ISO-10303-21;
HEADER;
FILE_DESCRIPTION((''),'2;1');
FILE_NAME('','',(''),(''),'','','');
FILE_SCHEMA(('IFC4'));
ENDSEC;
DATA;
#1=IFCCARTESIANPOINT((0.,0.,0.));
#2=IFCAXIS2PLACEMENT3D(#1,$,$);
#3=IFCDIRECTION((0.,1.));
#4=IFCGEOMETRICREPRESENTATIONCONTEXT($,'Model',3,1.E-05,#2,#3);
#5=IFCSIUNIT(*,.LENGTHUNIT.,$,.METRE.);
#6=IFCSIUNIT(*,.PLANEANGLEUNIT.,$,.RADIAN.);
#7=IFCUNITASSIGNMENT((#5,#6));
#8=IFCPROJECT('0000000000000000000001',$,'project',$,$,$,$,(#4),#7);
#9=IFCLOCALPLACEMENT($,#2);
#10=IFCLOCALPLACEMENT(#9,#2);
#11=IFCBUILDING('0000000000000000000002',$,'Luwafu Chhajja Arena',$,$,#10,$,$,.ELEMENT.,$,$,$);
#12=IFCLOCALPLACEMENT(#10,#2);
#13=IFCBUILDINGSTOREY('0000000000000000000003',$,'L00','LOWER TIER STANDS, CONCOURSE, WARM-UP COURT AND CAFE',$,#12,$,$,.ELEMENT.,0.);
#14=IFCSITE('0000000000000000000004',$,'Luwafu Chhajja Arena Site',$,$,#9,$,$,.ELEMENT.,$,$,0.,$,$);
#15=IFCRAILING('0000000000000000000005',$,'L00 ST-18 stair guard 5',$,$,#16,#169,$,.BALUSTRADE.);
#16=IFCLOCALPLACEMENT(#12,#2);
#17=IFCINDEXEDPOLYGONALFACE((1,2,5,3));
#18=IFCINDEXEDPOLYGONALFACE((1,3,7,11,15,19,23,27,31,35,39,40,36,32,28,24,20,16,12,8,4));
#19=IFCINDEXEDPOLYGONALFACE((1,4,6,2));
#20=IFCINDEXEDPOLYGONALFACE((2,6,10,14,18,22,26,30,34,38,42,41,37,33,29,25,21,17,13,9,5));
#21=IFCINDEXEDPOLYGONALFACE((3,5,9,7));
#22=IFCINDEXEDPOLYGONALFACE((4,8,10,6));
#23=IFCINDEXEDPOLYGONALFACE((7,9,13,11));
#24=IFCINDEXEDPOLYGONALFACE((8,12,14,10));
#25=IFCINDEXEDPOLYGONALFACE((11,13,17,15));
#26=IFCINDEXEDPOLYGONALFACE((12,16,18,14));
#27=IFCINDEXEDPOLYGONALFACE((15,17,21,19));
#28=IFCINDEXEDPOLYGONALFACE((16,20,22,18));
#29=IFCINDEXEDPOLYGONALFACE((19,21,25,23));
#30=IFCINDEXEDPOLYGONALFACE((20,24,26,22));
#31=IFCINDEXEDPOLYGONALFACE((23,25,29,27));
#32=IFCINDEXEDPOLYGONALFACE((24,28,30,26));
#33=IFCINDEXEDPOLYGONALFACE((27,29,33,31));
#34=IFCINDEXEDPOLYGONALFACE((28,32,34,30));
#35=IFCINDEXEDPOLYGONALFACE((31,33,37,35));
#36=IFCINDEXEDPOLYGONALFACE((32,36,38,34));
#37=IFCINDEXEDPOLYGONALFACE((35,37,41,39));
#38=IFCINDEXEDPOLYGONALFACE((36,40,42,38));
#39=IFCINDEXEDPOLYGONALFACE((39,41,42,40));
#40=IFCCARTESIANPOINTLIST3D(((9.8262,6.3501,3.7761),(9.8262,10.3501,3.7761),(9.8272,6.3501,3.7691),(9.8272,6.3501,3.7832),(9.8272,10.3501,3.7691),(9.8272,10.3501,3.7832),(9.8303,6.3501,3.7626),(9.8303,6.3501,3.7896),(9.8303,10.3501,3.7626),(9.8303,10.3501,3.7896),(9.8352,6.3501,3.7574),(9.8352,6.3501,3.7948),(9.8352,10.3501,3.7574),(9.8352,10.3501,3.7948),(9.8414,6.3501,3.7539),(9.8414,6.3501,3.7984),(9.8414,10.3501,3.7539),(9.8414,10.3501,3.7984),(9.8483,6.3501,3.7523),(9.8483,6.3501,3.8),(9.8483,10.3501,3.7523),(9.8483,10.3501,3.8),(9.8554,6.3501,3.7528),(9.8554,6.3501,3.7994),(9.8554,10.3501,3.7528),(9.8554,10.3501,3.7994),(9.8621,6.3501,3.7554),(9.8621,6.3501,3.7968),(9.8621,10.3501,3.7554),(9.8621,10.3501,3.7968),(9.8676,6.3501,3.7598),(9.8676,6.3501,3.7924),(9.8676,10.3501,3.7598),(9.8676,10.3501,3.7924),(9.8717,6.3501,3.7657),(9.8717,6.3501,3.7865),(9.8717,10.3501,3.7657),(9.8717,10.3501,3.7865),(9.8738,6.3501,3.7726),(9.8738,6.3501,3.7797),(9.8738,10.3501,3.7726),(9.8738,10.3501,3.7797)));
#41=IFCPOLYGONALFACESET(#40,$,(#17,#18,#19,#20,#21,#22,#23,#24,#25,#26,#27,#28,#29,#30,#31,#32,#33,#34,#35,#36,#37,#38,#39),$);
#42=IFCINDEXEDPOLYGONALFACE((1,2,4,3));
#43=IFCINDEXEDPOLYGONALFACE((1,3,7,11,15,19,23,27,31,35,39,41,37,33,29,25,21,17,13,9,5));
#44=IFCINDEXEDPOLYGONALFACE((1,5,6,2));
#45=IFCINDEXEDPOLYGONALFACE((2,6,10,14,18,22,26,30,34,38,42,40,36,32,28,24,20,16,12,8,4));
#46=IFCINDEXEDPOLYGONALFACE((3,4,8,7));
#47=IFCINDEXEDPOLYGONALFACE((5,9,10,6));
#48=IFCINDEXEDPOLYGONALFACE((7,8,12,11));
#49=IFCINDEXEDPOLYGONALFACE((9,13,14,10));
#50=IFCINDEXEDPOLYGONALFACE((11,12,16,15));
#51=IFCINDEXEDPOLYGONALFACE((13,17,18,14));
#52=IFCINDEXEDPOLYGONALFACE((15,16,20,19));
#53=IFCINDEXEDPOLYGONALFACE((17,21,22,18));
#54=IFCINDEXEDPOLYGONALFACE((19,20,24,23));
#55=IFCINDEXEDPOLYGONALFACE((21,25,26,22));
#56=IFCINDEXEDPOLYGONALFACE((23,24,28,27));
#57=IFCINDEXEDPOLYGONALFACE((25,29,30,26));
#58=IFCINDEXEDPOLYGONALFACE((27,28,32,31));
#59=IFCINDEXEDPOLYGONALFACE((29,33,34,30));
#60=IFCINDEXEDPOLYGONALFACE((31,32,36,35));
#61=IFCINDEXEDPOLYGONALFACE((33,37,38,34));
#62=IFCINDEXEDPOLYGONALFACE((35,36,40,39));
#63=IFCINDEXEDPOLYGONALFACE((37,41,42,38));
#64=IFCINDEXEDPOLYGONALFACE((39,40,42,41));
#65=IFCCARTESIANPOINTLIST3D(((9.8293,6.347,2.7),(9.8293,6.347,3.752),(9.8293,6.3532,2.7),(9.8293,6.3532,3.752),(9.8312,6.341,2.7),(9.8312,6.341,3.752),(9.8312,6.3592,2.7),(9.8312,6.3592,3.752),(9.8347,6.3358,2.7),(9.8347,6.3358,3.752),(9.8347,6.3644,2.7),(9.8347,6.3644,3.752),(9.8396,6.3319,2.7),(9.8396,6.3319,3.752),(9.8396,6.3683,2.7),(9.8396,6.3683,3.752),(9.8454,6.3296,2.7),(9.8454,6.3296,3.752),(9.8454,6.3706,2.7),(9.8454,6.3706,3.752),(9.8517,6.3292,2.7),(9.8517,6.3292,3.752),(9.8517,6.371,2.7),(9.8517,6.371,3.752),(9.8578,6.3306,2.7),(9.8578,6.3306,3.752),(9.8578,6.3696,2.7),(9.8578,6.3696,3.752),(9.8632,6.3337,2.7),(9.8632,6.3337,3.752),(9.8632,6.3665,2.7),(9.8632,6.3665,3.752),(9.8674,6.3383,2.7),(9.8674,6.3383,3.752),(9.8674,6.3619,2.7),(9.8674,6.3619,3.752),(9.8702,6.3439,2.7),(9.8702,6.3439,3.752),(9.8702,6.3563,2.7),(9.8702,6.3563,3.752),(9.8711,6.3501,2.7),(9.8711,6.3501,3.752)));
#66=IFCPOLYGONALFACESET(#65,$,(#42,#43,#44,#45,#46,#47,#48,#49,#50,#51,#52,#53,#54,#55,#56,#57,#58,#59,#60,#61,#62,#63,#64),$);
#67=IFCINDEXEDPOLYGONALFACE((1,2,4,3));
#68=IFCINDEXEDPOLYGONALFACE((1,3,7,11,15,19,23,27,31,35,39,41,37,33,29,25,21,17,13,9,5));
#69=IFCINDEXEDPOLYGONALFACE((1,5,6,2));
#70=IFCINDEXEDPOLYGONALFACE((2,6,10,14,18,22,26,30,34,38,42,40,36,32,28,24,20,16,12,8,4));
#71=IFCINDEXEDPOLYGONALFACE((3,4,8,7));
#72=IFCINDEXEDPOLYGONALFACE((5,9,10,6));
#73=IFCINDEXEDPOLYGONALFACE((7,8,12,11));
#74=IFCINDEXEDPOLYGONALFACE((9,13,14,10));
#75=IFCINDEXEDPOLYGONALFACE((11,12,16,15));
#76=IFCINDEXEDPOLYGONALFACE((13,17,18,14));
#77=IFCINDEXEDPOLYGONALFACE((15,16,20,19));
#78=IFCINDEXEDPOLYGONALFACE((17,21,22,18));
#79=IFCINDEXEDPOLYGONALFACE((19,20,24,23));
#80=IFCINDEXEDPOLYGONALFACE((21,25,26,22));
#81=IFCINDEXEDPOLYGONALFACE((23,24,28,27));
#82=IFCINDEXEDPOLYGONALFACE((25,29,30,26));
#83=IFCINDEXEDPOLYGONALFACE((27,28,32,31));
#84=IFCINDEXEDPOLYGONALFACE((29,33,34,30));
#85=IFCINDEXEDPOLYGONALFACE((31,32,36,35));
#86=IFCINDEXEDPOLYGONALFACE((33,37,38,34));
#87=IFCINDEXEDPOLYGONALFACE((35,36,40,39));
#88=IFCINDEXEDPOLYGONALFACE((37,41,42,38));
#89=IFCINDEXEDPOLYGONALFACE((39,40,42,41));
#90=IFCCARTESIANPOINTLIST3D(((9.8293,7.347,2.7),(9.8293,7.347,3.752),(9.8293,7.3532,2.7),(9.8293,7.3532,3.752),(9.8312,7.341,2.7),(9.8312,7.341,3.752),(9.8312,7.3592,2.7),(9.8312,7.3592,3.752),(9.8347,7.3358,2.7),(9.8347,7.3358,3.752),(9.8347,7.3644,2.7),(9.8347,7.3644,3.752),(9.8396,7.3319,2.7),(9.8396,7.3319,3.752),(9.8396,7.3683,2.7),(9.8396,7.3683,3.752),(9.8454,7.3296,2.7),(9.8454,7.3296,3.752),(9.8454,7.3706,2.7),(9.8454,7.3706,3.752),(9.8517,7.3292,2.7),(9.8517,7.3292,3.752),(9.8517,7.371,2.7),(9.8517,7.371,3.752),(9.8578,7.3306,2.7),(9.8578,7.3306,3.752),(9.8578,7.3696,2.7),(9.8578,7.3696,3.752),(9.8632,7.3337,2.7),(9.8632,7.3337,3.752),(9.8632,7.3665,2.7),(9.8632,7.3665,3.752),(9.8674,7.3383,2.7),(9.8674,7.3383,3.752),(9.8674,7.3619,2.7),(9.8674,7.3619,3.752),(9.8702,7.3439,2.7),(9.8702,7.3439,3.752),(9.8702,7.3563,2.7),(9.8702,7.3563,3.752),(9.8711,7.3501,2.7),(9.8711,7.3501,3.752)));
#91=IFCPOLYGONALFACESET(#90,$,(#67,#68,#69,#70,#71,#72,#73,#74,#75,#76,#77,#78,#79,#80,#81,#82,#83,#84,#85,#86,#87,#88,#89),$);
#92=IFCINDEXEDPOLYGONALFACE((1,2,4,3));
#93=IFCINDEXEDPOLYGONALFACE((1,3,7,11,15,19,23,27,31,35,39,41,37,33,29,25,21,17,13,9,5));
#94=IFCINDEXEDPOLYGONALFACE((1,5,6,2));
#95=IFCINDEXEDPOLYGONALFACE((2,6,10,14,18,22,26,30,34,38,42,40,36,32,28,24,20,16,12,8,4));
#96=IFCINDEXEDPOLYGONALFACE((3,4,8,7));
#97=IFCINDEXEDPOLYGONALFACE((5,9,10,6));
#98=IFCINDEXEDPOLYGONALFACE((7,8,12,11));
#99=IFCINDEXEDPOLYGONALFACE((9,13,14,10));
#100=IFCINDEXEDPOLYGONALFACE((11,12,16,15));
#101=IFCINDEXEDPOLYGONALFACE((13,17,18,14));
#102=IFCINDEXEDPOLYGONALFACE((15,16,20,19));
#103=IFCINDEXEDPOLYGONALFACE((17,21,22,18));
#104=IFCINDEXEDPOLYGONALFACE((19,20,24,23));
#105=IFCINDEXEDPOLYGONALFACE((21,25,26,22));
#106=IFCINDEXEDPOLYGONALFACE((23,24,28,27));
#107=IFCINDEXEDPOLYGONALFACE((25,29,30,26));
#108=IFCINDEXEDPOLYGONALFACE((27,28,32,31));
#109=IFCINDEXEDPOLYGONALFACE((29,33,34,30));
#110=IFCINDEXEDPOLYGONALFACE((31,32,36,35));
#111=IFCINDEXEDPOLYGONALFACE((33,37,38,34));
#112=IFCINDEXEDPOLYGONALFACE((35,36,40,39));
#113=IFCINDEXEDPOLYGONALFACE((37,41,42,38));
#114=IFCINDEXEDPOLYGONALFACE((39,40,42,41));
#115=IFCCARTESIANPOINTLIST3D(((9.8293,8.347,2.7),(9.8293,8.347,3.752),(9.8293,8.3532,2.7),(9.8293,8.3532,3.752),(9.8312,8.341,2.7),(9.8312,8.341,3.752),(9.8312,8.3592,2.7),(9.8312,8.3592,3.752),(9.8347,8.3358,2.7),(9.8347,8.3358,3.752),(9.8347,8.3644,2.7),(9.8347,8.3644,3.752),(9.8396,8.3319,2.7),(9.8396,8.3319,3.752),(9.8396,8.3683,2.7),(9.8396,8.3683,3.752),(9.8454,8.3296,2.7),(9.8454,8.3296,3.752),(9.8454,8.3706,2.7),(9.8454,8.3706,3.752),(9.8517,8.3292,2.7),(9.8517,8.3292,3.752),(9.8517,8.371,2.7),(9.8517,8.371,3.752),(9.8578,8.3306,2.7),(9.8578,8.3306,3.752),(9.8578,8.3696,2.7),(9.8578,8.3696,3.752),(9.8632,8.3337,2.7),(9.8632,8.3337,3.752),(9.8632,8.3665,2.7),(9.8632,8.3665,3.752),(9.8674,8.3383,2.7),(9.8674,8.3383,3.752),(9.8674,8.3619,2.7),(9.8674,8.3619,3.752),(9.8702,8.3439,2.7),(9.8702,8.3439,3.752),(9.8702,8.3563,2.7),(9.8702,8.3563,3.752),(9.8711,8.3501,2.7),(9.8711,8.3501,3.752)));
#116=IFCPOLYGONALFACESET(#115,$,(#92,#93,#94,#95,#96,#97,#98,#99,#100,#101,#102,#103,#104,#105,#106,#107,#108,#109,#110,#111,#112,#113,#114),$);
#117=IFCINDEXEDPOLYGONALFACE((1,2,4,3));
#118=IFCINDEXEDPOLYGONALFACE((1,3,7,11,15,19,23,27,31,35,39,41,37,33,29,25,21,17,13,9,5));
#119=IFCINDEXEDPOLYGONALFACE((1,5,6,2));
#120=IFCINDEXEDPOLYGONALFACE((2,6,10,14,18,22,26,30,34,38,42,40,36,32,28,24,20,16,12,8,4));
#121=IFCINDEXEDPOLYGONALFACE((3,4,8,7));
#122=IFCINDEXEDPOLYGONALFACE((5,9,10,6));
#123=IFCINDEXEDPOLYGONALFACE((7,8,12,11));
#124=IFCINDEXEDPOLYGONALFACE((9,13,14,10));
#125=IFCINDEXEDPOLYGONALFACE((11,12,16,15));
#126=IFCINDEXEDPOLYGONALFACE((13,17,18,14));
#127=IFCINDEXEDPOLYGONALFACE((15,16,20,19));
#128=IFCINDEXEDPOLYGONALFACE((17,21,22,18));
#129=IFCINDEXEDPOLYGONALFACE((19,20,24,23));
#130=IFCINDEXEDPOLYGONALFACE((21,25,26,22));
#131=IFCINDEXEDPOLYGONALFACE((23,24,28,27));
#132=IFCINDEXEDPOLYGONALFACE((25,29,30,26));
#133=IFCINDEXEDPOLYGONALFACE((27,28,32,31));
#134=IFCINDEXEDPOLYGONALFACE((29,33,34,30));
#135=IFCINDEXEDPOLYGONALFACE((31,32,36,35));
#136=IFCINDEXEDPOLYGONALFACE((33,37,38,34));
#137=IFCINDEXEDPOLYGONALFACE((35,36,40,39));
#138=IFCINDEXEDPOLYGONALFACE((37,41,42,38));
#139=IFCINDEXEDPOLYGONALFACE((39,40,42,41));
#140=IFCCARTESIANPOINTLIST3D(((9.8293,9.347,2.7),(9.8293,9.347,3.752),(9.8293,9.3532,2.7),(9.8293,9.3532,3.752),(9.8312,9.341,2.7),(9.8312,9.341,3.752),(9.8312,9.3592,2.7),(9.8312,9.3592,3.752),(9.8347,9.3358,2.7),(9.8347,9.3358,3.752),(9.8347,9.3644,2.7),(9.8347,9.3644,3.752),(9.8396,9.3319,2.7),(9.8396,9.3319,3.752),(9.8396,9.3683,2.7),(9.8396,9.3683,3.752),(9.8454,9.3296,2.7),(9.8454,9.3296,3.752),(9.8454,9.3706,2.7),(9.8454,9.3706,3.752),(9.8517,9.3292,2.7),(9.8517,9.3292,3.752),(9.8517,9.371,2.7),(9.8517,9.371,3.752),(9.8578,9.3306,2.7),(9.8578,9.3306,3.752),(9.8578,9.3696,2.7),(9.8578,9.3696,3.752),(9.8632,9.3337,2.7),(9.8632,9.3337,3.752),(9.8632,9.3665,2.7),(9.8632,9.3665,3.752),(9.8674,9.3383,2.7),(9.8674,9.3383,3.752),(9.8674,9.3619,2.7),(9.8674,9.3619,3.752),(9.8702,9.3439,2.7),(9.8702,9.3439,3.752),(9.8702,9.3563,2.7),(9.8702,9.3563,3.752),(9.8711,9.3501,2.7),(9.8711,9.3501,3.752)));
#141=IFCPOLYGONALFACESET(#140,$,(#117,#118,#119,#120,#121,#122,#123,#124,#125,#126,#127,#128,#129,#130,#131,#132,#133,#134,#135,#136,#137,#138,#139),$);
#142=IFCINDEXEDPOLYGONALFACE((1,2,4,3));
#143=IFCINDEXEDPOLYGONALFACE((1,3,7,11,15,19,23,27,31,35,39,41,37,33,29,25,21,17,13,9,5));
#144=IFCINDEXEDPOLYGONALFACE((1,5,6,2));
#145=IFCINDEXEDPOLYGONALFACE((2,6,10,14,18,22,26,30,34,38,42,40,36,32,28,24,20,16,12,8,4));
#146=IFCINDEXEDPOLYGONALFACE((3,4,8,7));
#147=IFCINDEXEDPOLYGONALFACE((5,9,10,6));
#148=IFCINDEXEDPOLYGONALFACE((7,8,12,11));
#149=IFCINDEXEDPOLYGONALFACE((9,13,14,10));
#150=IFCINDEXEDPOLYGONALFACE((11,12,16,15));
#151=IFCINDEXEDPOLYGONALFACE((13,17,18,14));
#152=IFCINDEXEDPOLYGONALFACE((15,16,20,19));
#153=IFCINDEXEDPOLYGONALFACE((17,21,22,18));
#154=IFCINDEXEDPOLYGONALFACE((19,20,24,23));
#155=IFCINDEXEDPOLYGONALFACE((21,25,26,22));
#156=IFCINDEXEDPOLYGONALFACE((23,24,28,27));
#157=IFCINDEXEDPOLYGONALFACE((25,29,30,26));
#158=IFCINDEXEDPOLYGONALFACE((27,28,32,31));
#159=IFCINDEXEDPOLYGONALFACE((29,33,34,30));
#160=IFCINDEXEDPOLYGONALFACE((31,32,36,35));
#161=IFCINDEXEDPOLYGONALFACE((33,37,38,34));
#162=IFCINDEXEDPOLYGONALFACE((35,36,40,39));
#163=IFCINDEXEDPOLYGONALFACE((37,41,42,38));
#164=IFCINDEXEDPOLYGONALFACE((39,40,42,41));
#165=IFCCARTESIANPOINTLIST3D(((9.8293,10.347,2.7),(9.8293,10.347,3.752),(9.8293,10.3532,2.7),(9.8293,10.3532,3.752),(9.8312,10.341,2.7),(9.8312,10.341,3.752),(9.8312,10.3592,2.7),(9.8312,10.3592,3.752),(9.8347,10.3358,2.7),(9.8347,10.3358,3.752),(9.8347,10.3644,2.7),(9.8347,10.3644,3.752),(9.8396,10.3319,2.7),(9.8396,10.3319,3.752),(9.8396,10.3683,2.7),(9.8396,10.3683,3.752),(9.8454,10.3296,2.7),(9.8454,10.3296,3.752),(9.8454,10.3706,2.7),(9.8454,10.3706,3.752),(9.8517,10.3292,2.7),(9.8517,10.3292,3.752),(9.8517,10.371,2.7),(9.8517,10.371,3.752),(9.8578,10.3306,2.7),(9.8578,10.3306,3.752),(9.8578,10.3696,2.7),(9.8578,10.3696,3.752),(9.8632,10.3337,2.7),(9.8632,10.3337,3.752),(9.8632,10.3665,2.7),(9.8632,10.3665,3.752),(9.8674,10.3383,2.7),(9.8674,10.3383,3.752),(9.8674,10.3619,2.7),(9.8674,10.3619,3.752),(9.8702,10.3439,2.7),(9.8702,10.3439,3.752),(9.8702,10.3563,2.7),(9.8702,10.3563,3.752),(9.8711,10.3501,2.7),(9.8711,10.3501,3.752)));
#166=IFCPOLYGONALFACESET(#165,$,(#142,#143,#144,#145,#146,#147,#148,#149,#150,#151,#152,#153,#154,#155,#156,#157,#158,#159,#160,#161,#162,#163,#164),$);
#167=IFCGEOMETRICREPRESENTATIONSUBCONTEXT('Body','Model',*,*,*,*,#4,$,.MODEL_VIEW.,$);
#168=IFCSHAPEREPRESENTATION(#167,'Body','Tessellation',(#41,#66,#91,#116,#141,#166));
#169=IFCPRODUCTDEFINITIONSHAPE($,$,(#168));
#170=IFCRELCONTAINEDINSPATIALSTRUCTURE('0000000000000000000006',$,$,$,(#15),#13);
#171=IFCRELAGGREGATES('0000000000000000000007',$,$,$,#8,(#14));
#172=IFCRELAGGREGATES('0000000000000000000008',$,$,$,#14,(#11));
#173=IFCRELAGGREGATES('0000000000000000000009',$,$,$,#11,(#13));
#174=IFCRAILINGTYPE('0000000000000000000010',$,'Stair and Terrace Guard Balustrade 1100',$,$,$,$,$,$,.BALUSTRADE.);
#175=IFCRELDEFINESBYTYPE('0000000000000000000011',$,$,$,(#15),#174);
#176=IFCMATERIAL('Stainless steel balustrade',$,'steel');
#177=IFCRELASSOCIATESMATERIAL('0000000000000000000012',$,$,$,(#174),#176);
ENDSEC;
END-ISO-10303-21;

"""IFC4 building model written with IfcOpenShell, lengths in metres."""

from ifc_helpers import new_model, si_unit, direction, frame, origin, origin_2d, place, context, subcontext, project, spatial, circle, extrude, material, type_object, element, save


model = new_model("IFC4")

# Units and contexts
model_context = context("Model", 3, precision=1e-05, world=origin(), true_north=direction((0.0, 1.0)))
body_context = subcontext(model_context, "Body", "Model", "MODEL_VIEW")
ifc_project = project(units=[si_unit("LENGTHUNIT", "METRE"), si_unit("PLANEANGLEUNIT", "RADIAN")], contexts=[model_context])

# Site, building, storey
site_placement = place(None, origin())
site = spatial("IfcSite", under=ifc_project, at=site_placement, Name="Luwafu Chhajja Arena Site", CompositionType="ELEMENT", RefElevation=0.0)
building_placement = place(site_placement, origin())
building = spatial("IfcBuilding", under=site, at=building_placement, Name="Luwafu Chhajja Arena", CompositionType="ELEMENT")
storey_placement = place(building_placement, origin())
storey = spatial("IfcBuildingStorey", under=building, at=storey_placement, Name="L00", Description="LOWER TIER STANDS, CONCOURSE, WARM-UP COURT AND CAFE", CompositionType="ELEMENT", Elevation=0.0)

# Railing
ifc_material_1 = material(Name="Stainless steel balustrade", Category="steel")
railing_type_1 = type_object("IfcRailingType", Name="Stair and Terrace Guard Balustrade 1100", PredefinedType="BALUSTRADE", material=ifc_material_1)
railing_1_placement = place(storey_placement, frame((9.8501, 6.3501, 2.7)))
element("IfcRailing", 1, at=railing_1_placement, inside=storey, type_object=railing_type_1, Name="L00 ST-18 stair guard 5", PredefinedType="BALUSTRADE", context=body_context, shape_type="SweptSolid", body=[
    extrude(circle(Radius=0.0239, at=origin_2d()), frame((0.0, 0.0, 1.0762), z_axis=(0.0, 1.0, 0.0), x_axis=(-1.0, 0.0, 0.0)), (0.0, 0.0, 1.0), 4.0),
    extrude(circle(Radius=0.021, at=origin_2d()), origin(), (0.0, 0.0, 1.0), 1.052),
    extrude(circle(Radius=0.021, at=origin_2d()), frame((0.0, 1.0, 0.0)), (0.0, 0.0, 1.0), 1.052),
    extrude(circle(Radius=0.021, at=origin_2d()), frame((0.0, 2.0, 0.0)), (0.0, 0.0, 1.0), 1.052),
    extrude(circle(Radius=0.021, at=origin_2d()), frame((0.0, 3.0, 0.0)), (0.0, 0.0, 1.0), 1.052),
    extrude(circle(Radius=0.021, at=origin_2d()), frame((0.0, 4.0, 0.0)), (0.0, 0.0, 1.0), 1.052),
])

save(model, "model.ifc")
